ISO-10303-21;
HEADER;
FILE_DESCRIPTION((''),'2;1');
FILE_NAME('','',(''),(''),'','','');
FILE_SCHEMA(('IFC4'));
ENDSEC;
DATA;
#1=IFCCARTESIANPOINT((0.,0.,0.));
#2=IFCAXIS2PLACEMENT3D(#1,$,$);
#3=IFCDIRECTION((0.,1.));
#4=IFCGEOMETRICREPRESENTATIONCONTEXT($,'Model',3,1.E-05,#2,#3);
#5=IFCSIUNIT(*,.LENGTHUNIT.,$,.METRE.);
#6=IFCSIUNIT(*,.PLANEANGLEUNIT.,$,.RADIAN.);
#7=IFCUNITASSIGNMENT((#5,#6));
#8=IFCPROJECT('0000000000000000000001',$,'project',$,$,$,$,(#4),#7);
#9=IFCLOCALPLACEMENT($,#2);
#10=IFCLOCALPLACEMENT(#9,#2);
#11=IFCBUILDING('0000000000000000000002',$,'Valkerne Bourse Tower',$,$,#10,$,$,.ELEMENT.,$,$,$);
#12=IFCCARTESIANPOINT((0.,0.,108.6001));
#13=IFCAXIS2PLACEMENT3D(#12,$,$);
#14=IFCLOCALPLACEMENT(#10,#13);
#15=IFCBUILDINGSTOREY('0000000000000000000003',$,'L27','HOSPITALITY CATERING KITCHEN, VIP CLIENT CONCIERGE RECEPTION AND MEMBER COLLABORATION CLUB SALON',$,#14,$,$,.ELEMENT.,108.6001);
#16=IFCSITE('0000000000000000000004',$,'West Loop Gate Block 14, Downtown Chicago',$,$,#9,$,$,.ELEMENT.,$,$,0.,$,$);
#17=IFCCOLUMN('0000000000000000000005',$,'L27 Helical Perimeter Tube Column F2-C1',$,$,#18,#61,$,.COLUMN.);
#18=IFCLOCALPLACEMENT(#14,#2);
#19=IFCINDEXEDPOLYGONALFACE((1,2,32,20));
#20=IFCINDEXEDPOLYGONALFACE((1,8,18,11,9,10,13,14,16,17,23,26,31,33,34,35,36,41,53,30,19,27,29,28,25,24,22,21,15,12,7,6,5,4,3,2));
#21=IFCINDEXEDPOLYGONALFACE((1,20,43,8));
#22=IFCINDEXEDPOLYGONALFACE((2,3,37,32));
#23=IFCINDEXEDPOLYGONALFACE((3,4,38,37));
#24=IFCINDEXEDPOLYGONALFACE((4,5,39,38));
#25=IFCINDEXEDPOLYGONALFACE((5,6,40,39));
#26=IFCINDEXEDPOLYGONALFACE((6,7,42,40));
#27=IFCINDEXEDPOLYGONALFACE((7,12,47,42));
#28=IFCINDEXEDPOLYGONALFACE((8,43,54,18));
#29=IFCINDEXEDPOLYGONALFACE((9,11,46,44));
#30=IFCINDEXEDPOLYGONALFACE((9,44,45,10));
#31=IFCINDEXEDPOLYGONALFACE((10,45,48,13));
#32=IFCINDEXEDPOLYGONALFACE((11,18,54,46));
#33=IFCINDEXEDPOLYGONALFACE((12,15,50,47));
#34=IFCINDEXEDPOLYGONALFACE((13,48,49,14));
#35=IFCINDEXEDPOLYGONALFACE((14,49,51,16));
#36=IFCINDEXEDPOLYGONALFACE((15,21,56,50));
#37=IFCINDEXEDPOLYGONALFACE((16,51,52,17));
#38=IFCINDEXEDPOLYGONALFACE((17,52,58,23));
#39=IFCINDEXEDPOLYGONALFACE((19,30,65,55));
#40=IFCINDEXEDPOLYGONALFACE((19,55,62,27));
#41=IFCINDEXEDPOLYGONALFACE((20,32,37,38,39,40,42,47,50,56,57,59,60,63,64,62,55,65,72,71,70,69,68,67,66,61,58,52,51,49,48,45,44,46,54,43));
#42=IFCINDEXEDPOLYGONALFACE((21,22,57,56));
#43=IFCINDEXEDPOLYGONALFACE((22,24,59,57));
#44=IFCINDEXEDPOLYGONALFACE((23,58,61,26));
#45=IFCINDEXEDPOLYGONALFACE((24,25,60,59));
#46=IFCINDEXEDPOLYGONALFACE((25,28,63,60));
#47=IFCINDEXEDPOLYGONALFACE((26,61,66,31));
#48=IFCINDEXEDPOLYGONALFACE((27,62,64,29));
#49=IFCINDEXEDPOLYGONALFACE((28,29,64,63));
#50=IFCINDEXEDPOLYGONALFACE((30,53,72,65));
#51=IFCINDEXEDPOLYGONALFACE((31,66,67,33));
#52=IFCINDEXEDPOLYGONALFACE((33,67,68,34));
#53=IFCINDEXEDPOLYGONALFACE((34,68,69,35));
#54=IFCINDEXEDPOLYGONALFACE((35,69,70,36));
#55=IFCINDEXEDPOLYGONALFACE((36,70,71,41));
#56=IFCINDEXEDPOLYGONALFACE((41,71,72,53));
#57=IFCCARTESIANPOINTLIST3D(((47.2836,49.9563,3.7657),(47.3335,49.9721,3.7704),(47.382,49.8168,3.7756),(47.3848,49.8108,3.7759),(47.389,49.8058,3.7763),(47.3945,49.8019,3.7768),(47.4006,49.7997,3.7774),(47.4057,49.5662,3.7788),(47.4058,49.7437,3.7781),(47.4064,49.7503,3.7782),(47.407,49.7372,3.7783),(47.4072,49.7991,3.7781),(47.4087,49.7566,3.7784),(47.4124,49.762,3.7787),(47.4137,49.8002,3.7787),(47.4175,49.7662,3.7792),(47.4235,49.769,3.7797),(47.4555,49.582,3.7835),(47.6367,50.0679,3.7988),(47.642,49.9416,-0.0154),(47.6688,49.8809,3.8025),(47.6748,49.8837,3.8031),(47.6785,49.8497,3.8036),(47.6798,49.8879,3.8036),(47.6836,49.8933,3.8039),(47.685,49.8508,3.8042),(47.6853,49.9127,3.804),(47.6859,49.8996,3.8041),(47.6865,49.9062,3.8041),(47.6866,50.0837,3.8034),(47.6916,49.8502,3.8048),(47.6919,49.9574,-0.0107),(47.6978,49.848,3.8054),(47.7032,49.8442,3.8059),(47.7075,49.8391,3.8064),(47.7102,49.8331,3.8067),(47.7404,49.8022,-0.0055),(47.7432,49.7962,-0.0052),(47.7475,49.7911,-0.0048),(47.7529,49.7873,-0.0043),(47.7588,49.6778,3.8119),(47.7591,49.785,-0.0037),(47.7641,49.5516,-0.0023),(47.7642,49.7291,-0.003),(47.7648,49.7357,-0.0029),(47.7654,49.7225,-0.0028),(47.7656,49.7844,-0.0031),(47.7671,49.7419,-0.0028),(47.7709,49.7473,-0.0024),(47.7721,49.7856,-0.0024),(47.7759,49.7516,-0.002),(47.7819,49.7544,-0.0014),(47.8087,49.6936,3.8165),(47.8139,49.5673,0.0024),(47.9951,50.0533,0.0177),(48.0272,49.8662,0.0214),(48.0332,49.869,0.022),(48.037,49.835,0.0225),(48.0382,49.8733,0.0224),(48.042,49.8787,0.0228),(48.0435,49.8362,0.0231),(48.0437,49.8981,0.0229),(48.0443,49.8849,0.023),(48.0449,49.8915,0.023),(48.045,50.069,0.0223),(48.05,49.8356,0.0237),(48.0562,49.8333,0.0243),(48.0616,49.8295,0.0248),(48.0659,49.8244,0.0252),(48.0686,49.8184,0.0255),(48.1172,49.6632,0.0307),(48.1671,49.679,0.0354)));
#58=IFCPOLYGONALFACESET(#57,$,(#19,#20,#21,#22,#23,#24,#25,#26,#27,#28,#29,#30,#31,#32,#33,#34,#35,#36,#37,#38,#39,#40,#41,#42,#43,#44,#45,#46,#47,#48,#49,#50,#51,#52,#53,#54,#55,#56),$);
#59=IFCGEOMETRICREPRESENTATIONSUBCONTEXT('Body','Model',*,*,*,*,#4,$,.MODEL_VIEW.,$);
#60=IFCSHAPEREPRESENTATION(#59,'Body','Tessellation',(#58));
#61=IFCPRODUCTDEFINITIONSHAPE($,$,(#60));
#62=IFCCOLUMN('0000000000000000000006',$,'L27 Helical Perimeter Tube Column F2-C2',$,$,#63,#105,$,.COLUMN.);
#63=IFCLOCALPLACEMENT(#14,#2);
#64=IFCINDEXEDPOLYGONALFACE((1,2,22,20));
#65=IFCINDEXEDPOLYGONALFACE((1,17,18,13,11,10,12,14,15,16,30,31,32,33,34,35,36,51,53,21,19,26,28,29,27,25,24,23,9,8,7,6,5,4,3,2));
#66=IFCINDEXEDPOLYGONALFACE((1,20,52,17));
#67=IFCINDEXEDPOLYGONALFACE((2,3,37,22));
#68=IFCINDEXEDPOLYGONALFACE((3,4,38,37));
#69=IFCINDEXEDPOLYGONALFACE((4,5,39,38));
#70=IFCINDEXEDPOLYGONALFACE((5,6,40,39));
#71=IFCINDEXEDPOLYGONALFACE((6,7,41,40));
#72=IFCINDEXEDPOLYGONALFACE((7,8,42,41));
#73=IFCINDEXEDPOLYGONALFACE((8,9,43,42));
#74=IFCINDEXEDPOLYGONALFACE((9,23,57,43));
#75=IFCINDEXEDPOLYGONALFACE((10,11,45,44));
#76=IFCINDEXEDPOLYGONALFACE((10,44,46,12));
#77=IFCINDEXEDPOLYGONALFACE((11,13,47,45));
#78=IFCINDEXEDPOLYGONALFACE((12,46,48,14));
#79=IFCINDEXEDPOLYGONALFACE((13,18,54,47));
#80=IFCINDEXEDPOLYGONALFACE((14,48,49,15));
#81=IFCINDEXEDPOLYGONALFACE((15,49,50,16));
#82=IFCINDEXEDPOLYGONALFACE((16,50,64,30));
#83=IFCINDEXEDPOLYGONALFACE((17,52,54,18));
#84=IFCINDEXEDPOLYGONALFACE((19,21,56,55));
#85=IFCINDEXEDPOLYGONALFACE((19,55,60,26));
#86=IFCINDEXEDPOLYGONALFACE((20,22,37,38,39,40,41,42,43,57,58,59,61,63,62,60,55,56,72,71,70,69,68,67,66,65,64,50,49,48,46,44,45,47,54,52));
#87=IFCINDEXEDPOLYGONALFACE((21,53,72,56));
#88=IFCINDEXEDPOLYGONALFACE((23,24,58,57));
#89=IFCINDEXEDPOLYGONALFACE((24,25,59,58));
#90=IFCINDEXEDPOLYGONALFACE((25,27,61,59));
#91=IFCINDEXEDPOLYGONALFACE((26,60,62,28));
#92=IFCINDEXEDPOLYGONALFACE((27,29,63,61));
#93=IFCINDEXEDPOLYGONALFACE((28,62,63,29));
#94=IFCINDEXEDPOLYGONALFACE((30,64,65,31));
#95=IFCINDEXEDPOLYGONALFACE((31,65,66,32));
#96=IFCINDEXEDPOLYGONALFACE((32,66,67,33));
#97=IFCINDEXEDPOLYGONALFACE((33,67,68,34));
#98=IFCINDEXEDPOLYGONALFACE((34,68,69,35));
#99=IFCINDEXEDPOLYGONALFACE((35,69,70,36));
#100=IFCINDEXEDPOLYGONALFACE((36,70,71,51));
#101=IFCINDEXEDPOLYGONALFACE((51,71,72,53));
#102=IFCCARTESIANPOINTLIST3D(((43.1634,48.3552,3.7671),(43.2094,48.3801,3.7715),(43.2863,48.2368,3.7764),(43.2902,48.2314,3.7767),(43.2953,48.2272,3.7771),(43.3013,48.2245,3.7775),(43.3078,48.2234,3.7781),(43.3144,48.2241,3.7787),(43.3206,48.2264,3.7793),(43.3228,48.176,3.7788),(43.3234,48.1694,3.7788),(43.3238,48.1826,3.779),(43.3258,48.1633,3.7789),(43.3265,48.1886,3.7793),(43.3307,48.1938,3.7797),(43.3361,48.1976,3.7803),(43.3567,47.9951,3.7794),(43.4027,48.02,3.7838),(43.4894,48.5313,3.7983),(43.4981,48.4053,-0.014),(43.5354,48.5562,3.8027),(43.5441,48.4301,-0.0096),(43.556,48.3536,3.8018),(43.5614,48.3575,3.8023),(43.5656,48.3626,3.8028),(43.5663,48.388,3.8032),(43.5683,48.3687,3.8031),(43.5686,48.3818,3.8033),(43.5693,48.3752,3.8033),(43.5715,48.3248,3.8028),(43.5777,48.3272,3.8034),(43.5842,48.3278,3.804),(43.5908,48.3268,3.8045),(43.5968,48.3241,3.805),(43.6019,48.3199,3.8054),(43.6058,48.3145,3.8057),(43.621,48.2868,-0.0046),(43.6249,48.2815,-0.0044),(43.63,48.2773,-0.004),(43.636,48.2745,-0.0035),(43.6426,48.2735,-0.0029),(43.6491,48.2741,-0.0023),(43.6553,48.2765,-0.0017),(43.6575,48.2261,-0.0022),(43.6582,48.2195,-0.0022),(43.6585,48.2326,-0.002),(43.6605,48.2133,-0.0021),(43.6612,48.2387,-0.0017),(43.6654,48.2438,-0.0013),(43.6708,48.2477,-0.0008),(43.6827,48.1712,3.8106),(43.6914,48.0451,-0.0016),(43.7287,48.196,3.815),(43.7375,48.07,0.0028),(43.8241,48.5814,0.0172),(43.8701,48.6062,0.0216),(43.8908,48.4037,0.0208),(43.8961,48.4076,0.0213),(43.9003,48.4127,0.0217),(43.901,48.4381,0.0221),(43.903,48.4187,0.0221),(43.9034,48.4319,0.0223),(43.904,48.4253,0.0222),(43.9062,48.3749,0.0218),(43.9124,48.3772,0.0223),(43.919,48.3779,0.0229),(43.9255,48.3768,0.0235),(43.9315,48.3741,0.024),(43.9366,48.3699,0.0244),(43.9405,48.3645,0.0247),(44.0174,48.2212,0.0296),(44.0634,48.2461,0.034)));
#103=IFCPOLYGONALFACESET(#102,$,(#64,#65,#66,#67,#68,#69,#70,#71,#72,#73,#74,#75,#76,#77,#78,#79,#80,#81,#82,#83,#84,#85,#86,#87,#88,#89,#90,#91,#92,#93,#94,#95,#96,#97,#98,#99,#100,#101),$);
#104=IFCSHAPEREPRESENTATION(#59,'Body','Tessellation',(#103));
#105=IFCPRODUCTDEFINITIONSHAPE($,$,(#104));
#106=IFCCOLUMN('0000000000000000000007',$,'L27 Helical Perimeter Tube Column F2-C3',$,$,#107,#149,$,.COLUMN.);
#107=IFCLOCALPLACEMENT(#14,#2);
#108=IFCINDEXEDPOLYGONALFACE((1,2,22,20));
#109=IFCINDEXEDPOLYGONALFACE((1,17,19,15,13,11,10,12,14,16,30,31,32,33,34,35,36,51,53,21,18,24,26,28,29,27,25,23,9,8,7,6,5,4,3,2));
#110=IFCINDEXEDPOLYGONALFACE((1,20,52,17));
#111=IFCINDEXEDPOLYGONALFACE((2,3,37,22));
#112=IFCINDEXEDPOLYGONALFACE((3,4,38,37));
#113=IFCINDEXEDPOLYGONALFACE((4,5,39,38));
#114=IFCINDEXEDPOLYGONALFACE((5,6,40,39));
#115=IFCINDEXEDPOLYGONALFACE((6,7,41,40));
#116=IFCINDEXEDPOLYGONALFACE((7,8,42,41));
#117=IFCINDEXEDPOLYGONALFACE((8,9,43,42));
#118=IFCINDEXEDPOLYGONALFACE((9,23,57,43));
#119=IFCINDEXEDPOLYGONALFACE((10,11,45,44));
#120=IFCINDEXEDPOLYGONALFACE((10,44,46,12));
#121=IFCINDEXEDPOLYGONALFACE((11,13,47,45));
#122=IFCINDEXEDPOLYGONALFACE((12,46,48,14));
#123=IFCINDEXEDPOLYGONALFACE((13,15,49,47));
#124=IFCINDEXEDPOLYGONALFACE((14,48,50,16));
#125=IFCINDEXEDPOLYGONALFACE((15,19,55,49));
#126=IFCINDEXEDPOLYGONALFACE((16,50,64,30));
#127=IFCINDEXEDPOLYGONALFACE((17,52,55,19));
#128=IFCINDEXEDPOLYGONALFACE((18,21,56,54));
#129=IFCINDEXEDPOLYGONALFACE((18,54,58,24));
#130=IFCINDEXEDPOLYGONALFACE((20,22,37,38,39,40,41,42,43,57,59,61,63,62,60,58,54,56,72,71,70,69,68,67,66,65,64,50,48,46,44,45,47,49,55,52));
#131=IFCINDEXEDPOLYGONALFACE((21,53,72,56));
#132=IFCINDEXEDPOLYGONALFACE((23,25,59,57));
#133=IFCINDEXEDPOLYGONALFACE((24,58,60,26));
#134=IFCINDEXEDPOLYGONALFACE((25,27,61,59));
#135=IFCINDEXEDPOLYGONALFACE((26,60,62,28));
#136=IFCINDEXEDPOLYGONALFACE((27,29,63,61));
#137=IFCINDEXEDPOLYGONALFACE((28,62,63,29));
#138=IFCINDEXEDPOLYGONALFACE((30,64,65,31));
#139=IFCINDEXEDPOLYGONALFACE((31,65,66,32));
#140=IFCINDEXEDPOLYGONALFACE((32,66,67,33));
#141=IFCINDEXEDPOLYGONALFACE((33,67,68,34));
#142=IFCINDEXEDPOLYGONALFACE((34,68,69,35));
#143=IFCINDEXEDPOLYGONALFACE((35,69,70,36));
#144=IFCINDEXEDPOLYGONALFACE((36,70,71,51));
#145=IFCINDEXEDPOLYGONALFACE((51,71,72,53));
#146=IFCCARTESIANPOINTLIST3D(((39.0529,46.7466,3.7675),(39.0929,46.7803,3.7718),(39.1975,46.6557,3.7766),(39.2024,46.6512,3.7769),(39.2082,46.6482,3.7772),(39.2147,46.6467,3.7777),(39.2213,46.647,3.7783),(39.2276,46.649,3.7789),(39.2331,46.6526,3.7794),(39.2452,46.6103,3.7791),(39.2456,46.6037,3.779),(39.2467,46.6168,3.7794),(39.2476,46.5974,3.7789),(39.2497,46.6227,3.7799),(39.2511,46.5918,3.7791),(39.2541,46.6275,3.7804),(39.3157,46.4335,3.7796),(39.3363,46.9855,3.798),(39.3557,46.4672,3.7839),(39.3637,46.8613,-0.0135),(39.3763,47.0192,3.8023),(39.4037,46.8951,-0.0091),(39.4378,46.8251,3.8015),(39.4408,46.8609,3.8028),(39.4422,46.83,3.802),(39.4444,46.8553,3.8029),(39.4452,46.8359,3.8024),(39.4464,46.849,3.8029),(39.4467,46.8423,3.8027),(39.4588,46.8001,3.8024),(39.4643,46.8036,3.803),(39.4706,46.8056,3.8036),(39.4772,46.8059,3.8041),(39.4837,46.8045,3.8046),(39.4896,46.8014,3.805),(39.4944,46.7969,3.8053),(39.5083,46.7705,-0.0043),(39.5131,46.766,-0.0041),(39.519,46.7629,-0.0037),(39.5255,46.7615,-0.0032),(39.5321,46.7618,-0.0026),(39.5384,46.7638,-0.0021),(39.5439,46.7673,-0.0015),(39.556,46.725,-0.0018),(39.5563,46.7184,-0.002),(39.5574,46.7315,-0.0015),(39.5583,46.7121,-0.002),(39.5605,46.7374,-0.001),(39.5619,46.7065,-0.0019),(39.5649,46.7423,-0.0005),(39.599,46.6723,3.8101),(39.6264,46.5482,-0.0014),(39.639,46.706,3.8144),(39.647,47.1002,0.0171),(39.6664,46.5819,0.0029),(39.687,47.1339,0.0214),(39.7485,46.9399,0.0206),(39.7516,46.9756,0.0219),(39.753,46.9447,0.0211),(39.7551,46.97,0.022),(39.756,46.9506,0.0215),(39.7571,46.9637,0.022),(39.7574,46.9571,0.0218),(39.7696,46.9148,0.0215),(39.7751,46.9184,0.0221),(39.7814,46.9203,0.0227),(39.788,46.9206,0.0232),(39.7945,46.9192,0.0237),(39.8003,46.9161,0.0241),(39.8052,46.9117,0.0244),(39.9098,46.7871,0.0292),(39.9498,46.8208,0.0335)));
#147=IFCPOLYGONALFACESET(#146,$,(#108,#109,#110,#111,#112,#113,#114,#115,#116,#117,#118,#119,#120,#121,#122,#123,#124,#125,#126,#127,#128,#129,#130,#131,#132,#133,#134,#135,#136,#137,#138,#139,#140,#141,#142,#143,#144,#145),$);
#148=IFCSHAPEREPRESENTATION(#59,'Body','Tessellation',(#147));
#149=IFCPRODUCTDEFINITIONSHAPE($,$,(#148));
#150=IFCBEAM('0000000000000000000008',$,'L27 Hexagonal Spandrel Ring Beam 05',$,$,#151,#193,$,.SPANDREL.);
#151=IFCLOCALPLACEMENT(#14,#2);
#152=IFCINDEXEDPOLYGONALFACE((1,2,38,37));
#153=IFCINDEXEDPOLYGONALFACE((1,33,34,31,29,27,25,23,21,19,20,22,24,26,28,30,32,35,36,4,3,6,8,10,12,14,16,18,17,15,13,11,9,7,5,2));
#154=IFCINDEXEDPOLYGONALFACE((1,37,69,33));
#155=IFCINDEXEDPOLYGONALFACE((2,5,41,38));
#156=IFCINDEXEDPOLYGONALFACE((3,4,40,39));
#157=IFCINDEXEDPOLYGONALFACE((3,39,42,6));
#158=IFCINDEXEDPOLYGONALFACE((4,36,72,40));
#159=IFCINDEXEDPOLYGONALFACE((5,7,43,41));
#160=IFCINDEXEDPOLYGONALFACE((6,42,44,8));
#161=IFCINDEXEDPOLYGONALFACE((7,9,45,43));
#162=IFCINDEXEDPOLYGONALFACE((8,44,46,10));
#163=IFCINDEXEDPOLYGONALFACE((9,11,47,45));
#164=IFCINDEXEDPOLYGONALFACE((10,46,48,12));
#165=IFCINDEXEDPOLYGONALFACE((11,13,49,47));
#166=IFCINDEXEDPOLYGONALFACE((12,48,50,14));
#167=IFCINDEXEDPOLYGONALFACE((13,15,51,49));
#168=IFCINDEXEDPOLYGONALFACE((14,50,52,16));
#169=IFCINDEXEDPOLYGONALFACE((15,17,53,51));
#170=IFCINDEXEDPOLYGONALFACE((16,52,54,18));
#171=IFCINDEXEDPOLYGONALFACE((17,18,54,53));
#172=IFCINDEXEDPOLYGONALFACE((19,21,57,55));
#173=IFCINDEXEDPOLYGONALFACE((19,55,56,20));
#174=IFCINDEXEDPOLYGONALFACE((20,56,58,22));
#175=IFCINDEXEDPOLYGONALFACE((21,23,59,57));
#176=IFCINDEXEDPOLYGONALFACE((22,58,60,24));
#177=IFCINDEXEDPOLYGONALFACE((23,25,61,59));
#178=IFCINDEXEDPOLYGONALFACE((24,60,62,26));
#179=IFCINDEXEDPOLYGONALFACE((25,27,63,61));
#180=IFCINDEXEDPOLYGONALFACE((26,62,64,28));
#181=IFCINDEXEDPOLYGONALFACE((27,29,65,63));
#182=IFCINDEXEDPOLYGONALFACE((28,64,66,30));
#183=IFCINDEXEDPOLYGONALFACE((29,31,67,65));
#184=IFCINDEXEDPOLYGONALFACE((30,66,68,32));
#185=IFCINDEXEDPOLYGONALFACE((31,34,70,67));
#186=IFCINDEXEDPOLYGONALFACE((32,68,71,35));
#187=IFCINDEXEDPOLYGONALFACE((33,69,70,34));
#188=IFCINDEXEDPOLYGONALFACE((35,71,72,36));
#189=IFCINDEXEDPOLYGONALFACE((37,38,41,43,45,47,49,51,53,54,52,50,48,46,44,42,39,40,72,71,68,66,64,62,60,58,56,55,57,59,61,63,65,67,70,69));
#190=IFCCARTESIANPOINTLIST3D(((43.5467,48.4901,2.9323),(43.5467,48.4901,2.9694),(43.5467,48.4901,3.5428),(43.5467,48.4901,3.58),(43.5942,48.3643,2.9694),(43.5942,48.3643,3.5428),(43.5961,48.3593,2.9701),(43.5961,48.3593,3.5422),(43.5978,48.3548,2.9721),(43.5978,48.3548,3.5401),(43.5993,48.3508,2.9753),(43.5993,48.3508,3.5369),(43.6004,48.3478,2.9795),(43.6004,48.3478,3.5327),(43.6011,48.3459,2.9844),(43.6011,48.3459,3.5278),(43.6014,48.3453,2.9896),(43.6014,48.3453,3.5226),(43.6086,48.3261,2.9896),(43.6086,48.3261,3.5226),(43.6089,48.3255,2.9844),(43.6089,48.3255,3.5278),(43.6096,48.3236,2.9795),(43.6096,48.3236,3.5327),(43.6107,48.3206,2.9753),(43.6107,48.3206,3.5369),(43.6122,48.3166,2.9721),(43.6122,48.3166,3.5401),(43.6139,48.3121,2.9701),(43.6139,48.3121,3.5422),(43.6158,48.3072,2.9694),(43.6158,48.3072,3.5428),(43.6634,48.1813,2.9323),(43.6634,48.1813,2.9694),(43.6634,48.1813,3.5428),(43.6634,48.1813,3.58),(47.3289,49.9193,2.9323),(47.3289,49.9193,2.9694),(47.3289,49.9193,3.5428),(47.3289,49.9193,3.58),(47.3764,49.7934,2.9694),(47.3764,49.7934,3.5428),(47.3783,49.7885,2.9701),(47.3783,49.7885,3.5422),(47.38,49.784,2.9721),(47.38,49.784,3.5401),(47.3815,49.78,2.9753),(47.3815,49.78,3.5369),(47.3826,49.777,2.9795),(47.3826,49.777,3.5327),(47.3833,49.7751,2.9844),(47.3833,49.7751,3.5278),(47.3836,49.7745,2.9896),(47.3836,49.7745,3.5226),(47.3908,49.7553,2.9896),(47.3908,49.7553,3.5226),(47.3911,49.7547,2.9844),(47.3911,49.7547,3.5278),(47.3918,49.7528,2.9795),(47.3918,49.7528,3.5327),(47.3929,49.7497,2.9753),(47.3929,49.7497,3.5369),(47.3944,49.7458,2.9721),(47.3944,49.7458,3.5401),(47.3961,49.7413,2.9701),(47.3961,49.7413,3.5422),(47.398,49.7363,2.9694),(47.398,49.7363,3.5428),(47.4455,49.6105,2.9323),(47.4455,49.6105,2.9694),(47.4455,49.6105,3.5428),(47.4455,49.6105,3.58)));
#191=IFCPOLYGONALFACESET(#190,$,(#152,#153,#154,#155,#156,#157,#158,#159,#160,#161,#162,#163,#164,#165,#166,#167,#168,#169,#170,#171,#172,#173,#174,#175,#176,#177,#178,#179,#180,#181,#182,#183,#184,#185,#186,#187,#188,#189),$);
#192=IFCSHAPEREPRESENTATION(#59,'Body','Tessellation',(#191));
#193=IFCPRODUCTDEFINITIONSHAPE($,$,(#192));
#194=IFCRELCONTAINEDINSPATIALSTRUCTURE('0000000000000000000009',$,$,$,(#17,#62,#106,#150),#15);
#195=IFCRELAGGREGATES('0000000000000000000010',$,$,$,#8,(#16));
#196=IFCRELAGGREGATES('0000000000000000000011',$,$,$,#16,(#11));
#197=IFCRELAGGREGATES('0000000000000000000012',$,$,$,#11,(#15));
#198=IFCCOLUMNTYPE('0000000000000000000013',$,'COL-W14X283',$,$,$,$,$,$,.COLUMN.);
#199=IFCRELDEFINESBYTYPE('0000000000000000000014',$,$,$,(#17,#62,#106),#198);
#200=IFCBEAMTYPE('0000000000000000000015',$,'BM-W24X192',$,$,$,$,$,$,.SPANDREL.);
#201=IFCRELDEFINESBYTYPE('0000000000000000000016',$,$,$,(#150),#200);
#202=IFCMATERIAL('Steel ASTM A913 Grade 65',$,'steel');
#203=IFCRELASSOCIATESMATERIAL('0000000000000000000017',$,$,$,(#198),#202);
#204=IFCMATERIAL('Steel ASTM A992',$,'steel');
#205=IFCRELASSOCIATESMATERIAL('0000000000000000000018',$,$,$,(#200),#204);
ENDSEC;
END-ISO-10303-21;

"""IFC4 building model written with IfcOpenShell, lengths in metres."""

from ifc_helpers import new_model, si_unit, direction, frame, origin, origin_2d, place, context, subcontext, project, spatial, i_section, extrude, material, material_profile, profile_set, type_object, element, save


model = new_model("IFC4")

# Units and contexts
model_context = context("Model", 3, precision=1e-05, world=origin(), true_north=direction((0.0, 1.0)))
body_context = subcontext(model_context, "Body", "Model", "MODEL_VIEW")
ifc_project = project(units=[si_unit("LENGTHUNIT", "METRE"), si_unit("PLANEANGLEUNIT", "RADIAN")], contexts=[model_context])

# Site, building, storey
site_placement = place(None, origin())
site = spatial("IfcSite", under=ifc_project, at=site_placement, Name="West Loop Gate Block 14, Downtown Chicago", CompositionType="ELEMENT", RefElevation=0.0)
building_placement = place(site_placement, origin())
building = spatial("IfcBuilding", under=site, at=building_placement, Name="Valkerne Bourse Tower", CompositionType="ELEMENT")
storey_placement = place(building_placement, frame((0.0, 0.0, 108.6001)))
storey = spatial("IfcBuildingStorey", under=building, at=storey_placement, Name="L27", Description="HOSPITALITY CATERING KITCHEN, VIP CLIENT CONCIERGE RECEPTION AND MEMBER COLLABORATION CLUB SALON", CompositionType="ELEMENT", Elevation=108.6001)

# Columns
ifc_material_1 = material(Name="Steel ASTM A913 Grade 65", Category="steel")
ifc_material_profile_1 = material_profile(ifc_material_1, i_section(OverallWidth=0.4089, OverallDepth=0.4243, WebThickness=0.0327, FlangeThickness=0.0525, FilletRadius=0.0254, at=origin_2d()), Name="W14X283")
ifc_profile_set_1 = profile_set([ifc_material_profile_1], Name="Steel ASTM A913 Grade 65")
column_type = type_object("IfcColumnType", Name="COL-W14X283", PredefinedType="COLUMN", material=ifc_profile_set_1)
column_1_placement = place(storey_placement, frame((47.9045, 49.8103, 0.01), z_axis=(-0.094365, 0.003857, 0.99553), x_axis=(-0.298519, 0.953867, -0.031992)))
element("IfcColumn", 1, at=column_1_placement, inside=storey, type_object=column_type, Name="L27 Helical Perimeter Tube Column F2-C1", PredefinedType="COLUMN", context=body_context, shape_type="SweptSolid", body=[
    extrude(i_section(OverallWidth=0.4089, OverallDepth=0.4243, WebThickness=0.0327, FlangeThickness=0.0525, FilletRadius=0.0254, at=origin_2d()), origin(), (0.0, 0.0, 1.0), 3.7981),
])
column_2_placement = place(storey_placement, frame((43.7808, 48.3257, 0.01), z_axis=(-0.088173, -0.013184, 0.996018), x_axis=(-0.472819, 0.880642, -0.0302)))
element("IfcColumn", 2, at=column_2_placement, inside=storey, type_object=column_type, Name="L27 Helical Perimeter Tube Column F2-C2", PredefinedType="COLUMN", context=body_context, shape_type="SweptSolid", body=[
    extrude(i_section(OverallWidth=0.4089, OverallDepth=0.4243, WebThickness=0.0327, FlangeThickness=0.0525, FilletRadius=0.0254, at=origin_2d()), origin(), (0.0, 0.0, 1.0), 3.7961),
])
column_3_placement = place(storey_placement, frame((39.6567, 46.8411, 0.01), z_axis=(-0.081884, -0.030232, 0.996183), x_axis=(-0.642436, 0.765768, -0.029567)))
element("IfcColumn", 3, at=column_3_placement, inside=storey, type_object=column_type, Name="L27 Helical Perimeter Tube Column F2-C3", PredefinedType="COLUMN", context=body_context, shape_type="SweptSolid", body=[
    extrude(i_section(OverallWidth=0.4089, OverallDepth=0.4243, WebThickness=0.0327, FlangeThickness=0.0525, FilletRadius=0.0254, at=origin_2d()), origin(), (0.0, 0.0, 1.0), 3.7954),
])

# Beam
ifc_material_2 = material(Name="Steel ASTM A992", Category="steel")
ifc_material_profile_2 = material_profile(ifc_material_2, i_section(OverallWidth=0.3301, OverallDepth=0.6477, WebThickness=0.0205, FlangeThickness=0.0371, FilletRadius=0.0203, at=origin_2d()), Name="W24X192")
ifc_profile_set_2 = profile_set([ifc_material_profile_2], Name="Steel ASTM A992")
beam_type_1 = type_object("IfcBeamType", Name="BM-W24X192", PredefinedType="SPANDREL", material=ifc_profile_set_2)
for number, where, z_axis, x_axis, name in (
    (4, (47.3872, 49.7649, 3.2561), (-0.935443, -0.353478, 0.0), (0.353478, -0.935443, 0.0), "L27 Hexagonal Spandrel Ring Beam 05"),
):
    element("IfcBeam", number, at=place(storey_placement, frame(where, z_axis=z_axis, x_axis=x_axis)), inside=storey, type_object=beam_type_1, Name=name, PredefinedType="SPANDREL", context=body_context, shape_type="SweptSolid", body=[
        extrude(i_section(OverallWidth=0.3301, OverallDepth=0.6477, WebThickness=0.0205, FlangeThickness=0.0371, FilletRadius=0.0203, at=origin_2d()), origin(), (0.0, 0.0, 1.0), 4.0432),
    ])

save(model, "model.ifc")
